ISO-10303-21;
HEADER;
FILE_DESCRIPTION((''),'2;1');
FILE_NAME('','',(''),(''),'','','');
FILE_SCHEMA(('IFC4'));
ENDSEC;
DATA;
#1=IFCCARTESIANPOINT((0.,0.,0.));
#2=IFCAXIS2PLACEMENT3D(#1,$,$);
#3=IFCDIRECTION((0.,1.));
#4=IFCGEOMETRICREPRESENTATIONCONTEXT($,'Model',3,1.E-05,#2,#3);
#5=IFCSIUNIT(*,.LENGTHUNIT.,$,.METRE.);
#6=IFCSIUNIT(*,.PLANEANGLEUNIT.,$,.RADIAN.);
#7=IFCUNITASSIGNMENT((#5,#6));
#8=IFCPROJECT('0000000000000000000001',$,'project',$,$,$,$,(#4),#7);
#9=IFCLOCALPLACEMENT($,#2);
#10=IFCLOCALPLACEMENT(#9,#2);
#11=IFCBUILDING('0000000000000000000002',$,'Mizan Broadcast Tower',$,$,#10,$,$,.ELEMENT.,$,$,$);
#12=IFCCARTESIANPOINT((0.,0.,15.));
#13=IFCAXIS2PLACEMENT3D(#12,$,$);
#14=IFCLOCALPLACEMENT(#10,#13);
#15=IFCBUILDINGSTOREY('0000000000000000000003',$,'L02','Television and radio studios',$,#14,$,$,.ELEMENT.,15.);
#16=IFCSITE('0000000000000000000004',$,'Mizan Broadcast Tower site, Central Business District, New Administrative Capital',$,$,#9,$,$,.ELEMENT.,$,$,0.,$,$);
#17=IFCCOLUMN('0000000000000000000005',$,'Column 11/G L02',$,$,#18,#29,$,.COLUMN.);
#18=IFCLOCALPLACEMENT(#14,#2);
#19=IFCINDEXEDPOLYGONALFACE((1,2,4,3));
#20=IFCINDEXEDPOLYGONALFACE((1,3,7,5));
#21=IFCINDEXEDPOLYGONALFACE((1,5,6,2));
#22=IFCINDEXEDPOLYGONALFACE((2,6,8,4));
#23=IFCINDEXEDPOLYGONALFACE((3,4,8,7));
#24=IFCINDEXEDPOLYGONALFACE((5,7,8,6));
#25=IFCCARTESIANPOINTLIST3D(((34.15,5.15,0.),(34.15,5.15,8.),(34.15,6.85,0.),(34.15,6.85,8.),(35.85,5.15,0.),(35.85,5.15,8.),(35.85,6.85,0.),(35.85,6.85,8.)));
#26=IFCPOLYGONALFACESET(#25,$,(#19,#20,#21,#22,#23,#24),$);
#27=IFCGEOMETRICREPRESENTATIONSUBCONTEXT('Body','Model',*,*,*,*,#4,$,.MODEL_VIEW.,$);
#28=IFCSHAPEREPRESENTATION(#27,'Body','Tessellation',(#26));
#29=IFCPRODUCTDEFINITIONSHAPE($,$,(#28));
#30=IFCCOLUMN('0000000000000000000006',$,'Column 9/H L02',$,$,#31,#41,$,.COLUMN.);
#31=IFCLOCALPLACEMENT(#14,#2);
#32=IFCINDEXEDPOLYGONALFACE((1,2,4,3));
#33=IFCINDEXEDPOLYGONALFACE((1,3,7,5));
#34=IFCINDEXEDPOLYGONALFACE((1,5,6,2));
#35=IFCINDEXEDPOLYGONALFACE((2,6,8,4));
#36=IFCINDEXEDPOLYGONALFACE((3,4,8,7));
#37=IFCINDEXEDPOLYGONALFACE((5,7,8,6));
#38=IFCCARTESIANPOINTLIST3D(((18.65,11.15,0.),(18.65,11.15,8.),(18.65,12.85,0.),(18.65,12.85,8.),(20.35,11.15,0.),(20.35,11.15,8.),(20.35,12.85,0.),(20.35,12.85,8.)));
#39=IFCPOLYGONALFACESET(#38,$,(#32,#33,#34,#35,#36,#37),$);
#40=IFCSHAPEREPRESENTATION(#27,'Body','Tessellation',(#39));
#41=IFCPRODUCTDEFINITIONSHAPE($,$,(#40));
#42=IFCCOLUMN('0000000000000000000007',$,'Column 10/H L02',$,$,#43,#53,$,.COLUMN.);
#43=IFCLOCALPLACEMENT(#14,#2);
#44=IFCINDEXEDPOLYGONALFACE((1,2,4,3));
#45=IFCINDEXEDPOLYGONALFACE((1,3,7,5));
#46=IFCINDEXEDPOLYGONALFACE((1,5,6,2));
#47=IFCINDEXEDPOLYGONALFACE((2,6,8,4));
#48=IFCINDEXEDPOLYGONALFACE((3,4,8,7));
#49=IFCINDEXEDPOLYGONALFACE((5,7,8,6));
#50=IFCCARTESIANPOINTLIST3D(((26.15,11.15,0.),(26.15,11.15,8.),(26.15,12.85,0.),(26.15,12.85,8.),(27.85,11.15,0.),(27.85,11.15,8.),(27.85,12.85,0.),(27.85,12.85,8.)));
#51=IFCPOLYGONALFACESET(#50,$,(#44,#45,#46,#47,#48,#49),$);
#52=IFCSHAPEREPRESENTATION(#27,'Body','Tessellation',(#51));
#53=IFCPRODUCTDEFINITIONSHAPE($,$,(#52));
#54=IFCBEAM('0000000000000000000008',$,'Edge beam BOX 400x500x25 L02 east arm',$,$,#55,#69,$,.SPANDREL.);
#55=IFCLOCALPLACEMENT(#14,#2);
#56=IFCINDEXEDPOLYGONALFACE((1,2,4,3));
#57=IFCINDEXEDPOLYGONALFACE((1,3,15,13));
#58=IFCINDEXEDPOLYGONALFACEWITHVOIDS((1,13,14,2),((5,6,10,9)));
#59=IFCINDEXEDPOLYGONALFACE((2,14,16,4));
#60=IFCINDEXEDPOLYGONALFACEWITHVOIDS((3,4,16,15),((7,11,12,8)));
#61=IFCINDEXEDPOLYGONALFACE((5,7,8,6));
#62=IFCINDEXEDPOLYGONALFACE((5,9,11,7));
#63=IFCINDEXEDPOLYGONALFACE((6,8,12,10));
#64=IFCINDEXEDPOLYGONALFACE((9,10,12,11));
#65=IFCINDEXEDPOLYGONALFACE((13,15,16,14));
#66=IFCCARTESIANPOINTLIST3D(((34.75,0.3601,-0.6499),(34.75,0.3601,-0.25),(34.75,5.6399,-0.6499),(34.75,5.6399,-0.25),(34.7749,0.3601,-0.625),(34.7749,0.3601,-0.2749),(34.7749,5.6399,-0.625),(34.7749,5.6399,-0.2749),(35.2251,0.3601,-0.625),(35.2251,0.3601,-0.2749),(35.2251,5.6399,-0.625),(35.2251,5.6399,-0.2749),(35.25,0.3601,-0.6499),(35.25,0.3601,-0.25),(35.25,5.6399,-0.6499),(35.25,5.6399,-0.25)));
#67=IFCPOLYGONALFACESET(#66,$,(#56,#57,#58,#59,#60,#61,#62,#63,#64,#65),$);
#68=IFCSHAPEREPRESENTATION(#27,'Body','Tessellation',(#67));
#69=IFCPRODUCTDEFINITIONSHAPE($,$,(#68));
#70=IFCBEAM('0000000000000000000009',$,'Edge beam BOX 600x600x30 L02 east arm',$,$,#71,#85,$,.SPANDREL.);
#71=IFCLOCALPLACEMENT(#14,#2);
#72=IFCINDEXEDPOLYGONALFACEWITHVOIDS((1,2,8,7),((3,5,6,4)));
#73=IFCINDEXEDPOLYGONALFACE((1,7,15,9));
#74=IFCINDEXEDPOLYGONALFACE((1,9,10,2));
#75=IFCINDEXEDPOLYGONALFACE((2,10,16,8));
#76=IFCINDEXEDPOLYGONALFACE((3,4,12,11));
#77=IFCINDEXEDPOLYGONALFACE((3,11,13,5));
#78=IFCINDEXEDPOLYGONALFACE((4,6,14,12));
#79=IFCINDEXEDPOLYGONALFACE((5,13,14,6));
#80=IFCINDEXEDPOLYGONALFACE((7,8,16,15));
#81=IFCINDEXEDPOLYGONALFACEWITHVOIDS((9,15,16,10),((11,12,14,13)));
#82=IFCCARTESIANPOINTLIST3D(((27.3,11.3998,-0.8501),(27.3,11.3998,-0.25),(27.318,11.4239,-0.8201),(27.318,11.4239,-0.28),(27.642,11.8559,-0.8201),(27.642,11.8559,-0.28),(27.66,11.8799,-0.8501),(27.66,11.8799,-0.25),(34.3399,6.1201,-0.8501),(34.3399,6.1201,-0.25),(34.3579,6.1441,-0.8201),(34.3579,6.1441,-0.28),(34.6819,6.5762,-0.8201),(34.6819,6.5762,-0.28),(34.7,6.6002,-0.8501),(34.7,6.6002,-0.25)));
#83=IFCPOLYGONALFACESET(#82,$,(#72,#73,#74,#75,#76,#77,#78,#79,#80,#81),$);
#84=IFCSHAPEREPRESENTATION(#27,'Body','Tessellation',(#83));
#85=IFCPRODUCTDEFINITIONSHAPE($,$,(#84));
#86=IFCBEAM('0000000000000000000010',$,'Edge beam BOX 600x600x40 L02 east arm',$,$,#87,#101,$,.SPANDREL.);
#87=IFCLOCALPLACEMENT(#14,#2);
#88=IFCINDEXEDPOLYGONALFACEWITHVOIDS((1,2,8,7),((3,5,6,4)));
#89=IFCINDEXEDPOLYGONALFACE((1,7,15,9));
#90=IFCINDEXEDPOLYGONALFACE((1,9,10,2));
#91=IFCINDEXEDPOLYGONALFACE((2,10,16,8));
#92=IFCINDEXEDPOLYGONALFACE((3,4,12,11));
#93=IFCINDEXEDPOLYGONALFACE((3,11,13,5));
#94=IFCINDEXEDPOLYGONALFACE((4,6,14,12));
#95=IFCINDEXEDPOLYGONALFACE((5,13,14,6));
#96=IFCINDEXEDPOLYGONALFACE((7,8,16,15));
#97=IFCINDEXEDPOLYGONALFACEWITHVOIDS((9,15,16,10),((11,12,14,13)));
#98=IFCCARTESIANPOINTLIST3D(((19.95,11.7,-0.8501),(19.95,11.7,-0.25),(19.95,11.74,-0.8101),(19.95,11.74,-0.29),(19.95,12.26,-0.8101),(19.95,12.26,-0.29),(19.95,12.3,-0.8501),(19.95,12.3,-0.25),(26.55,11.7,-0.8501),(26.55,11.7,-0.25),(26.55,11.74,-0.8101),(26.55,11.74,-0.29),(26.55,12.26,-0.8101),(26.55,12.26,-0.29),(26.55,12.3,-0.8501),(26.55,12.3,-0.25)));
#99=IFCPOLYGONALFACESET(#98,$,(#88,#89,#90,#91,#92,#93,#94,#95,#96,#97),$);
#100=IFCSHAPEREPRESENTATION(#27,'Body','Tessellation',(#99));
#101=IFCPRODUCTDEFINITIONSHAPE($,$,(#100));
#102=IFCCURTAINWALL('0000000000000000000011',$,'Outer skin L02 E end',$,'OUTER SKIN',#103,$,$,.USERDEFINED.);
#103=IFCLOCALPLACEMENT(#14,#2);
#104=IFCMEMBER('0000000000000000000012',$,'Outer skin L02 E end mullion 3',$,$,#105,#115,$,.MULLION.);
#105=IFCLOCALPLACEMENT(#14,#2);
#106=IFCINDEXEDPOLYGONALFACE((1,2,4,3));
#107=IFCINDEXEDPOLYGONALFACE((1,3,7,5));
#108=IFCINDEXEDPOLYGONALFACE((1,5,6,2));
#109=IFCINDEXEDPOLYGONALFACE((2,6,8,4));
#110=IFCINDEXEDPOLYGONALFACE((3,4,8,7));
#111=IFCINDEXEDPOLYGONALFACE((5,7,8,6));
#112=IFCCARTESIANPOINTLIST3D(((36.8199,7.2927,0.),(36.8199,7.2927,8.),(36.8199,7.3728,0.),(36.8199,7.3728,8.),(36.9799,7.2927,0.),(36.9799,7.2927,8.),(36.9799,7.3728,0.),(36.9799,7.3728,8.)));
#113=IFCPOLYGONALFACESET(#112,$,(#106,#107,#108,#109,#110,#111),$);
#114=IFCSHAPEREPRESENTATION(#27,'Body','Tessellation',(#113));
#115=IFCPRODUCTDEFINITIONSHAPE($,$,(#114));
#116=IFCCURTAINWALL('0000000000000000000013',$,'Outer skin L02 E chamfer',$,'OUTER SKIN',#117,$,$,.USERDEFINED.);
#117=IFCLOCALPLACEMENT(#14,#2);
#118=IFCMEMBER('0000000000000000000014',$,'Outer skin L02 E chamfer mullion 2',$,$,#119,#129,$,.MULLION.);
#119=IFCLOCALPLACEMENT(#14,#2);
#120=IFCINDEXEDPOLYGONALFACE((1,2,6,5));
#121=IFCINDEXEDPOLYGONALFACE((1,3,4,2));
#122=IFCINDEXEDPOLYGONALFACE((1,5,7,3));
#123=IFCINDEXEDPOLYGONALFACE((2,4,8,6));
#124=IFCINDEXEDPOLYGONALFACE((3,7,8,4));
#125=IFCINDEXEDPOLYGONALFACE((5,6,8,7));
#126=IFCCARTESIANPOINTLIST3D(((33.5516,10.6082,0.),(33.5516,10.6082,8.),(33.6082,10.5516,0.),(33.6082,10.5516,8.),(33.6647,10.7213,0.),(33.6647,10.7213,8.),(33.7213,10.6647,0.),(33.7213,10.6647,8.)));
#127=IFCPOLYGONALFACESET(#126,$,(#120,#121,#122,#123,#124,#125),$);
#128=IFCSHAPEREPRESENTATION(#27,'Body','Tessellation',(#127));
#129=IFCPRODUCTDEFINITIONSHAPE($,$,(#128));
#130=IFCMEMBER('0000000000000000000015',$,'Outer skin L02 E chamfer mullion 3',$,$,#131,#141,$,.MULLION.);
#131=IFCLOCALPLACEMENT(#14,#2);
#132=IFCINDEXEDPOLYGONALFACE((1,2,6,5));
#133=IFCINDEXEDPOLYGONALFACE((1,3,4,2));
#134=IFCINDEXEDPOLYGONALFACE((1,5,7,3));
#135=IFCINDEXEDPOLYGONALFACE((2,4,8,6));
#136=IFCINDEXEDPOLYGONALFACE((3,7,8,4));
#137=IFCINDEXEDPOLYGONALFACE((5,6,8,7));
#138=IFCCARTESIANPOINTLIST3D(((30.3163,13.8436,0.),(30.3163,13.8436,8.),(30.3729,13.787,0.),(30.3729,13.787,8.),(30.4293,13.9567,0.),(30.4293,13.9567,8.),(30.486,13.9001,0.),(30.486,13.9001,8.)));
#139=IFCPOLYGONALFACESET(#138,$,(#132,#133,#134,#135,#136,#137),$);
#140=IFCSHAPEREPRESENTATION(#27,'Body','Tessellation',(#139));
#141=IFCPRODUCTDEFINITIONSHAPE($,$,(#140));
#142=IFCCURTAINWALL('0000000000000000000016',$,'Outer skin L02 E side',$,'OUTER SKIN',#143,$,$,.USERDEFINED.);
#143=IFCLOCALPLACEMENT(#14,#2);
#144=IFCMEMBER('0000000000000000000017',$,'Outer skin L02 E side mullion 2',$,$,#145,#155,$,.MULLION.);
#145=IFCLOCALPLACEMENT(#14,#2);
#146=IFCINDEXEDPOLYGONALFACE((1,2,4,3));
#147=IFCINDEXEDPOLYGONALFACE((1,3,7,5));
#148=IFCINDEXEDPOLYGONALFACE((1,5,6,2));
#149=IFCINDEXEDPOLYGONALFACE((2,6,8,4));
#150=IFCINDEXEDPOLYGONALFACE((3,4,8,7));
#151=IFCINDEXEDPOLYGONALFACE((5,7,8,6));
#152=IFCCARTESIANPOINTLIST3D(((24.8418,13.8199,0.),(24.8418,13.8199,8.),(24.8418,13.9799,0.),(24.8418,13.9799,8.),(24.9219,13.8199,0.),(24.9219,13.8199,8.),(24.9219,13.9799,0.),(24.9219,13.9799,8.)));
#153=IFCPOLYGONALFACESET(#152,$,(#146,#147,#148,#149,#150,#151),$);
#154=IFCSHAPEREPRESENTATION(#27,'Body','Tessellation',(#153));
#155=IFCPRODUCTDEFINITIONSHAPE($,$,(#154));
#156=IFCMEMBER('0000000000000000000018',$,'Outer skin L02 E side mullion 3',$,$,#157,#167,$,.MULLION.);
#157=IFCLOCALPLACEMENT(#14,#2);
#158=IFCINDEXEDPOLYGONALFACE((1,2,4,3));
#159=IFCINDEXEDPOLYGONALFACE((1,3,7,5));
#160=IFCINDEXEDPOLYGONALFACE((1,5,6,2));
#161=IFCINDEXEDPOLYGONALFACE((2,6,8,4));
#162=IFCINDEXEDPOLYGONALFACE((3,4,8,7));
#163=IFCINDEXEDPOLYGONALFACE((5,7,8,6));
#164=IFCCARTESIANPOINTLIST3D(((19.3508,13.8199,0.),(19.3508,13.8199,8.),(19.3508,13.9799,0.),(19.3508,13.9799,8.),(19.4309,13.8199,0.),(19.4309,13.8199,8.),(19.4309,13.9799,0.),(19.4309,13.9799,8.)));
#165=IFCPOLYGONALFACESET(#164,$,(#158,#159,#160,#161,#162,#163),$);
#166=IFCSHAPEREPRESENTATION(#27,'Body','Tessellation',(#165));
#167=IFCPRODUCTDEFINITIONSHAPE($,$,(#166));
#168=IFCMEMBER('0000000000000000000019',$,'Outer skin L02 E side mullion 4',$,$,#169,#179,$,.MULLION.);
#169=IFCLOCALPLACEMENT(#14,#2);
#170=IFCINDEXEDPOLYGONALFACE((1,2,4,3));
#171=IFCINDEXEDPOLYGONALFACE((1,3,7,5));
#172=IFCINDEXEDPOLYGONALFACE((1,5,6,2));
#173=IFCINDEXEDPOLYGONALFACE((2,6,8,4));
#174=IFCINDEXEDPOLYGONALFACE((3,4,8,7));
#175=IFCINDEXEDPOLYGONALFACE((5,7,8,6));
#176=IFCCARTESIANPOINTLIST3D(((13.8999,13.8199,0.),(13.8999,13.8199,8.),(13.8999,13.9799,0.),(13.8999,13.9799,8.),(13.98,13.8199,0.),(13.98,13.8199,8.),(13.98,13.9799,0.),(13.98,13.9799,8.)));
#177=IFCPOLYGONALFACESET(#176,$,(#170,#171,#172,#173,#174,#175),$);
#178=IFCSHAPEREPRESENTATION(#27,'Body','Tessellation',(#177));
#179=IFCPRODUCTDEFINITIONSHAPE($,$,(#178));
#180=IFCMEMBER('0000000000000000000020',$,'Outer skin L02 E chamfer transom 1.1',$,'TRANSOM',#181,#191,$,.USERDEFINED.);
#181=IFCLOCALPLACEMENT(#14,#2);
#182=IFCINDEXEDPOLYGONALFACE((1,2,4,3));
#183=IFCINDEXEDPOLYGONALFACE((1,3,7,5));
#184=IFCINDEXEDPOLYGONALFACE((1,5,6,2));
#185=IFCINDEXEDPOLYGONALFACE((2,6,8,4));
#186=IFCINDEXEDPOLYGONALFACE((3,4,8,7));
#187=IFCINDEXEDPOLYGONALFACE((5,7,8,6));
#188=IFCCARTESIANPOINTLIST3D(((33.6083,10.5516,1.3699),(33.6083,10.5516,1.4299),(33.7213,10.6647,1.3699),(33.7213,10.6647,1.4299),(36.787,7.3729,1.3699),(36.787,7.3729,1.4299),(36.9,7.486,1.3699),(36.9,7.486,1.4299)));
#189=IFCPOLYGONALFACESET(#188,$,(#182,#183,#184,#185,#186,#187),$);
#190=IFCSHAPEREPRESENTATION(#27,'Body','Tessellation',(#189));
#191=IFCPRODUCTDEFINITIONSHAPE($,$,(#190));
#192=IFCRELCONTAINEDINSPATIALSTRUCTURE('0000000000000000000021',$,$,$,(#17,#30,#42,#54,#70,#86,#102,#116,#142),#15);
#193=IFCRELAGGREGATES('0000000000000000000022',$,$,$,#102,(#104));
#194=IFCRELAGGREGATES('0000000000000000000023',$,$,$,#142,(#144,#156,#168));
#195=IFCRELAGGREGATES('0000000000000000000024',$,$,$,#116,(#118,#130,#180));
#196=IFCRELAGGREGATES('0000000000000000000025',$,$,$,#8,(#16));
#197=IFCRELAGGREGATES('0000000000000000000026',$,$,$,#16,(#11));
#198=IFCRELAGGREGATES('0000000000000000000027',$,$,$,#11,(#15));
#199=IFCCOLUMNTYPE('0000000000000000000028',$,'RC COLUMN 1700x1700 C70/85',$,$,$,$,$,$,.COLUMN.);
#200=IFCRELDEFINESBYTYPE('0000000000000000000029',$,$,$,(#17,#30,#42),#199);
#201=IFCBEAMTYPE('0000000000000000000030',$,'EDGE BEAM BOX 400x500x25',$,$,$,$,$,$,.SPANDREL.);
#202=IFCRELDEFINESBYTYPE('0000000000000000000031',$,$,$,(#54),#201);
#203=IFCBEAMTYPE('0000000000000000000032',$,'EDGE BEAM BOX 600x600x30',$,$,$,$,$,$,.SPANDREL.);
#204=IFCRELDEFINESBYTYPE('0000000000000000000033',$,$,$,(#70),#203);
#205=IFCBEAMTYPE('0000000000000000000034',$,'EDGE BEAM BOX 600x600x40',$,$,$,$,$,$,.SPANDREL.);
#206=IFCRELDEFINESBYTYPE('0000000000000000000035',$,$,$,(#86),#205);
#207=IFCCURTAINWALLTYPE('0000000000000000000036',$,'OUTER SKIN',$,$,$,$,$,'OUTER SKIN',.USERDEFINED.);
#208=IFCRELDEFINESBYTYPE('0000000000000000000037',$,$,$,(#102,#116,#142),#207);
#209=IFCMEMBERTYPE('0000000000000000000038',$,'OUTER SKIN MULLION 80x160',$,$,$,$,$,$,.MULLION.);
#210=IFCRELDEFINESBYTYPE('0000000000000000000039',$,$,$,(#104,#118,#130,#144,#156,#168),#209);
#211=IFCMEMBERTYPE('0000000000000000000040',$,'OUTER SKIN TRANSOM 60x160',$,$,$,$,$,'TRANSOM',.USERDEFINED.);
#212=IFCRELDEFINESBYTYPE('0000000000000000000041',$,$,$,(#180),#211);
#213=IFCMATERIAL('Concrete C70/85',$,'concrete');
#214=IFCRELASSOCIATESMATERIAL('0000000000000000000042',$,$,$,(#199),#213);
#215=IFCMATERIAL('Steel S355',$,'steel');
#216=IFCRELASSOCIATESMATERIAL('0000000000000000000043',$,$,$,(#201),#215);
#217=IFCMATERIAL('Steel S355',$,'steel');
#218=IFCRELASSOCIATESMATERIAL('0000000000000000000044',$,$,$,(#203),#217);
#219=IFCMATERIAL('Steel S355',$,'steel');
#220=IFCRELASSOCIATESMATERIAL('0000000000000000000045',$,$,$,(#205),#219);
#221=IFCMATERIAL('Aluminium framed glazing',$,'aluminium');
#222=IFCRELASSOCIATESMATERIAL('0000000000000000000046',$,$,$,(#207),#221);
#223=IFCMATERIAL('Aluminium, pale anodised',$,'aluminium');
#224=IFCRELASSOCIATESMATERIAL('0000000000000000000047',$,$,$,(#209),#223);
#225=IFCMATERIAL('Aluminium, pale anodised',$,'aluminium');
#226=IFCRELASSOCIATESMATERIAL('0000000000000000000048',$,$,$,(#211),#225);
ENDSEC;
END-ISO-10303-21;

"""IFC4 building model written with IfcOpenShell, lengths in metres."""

from ifc_helpers import new_model, si_unit, direction, frame, origin, origin_2d, place, context, subcontext, project, spatial, rectangle, hollow_rectangle, extrude, material, material_profile, profile_set, type_object, element, aggregate, save


model = new_model("IFC4")

# Units and contexts
model_context = context("Model", 3, precision=1e-05, world=origin(), true_north=direction((0.0, 1.0)))
body_context = subcontext(model_context, "Body", "Model", "MODEL_VIEW")
ifc_project = project(units=[si_unit("LENGTHUNIT", "METRE"), si_unit("PLANEANGLEUNIT", "RADIAN")], contexts=[model_context])

# Site, building, storey
site_placement = place(None, origin())
site = spatial("IfcSite", under=ifc_project, at=site_placement, Name="Mizan Broadcast Tower site, Central Business District, New Administrative Capital", CompositionType="ELEMENT", RefElevation=0.0)
building_placement = place(site_placement, origin())
building = spatial("IfcBuilding", under=site, at=building_placement, Name="Mizan Broadcast Tower", CompositionType="ELEMENT")
storey_placement = place(building_placement, frame((0.0, 0.0, 15.0)))
storey = spatial("IfcBuildingStorey", under=building, at=storey_placement, Name="L02", Description="Television and radio studios", CompositionType="ELEMENT", Elevation=15.0)

# Columns
ifc_material_1 = material(Name="Concrete C70/85", Category="concrete")
ifc_material_profile_1 = material_profile(ifc_material_1, rectangle(XDim=1.7, YDim=1.7, at=origin_2d()), Name="RC 1700x1700")
ifc_profile_set_1 = profile_set([ifc_material_profile_1], Name="Concrete C70/85")
column_type = type_object("IfcColumnType", Name="RC COLUMN 1700x1700 C70/85", PredefinedType="COLUMN", material=ifc_profile_set_1)
for number, where, z_axis, x_axis, name in (
    (1, (35.0, 6.0, 0.0), (0.0, 0.0, 1.0), (1.0, 0.0, 0.0), "Column 11/G L02"),
    (2, (19.5, 12.0, 0.0), (0.0, 0.0, 1.0), (1.0, 0.0, 0.0), "Column 9/H L02"),
    (3, (27.0, 12.0, 0.0), (0.0, 0.0, 1.0), (1.0, 0.0, 0.0), "Column 10/H L02"),
):
    element("IfcColumn", number, at=place(storey_placement, frame(where, z_axis=z_axis, x_axis=x_axis)), inside=storey, type_object=column_type, Name=name, PredefinedType="COLUMN", context=body_context, shape_type="SweptSolid", body=[
        extrude(rectangle(XDim=1.7, YDim=1.7, at=origin_2d()), origin(), (0.0, 0.0, 1.0), 8.0),
    ])

# Beams
ifc_material_2 = material(Name="Steel S355", Category="steel")
ifc_material_profile_2 = material_profile(ifc_material_2, hollow_rectangle(XDim=0.5, YDim=0.3999, WallThickness=0.0249, at=origin_2d()), Name="BOX 400x500x25")
ifc_profile_set_2 = profile_set([ifc_material_profile_2], Name="Steel S355")
beam_type_1 = type_object("IfcBeamType", Name="EDGE BEAM BOX 400x500x25", PredefinedType="SPANDREL", material=ifc_profile_set_2)
beam_1_placement = place(storey_placement, frame((35.0, 5.6399, -0.45), z_axis=(0.0, -1.0, 0.0), x_axis=(1.0, 0.0, 0.0)))
element("IfcBeam", 4, at=beam_1_placement, inside=storey, type_object=beam_type_1, Name="Edge beam BOX 400x500x25 L02 east arm", PredefinedType="SPANDREL", context=body_context, shape_type="SweptSolid", body=[
    extrude(hollow_rectangle(XDim=0.5, YDim=0.3999, WallThickness=0.0249, at=origin_2d()), origin(), (0.0, 0.0, 1.0), 5.2798),
])
ifc_material_3 = material(Name="Steel S355", Category="steel")
ifc_material_profile_3 = material_profile(ifc_material_3, hollow_rectangle(XDim=0.6001, YDim=0.6001, WallThickness=0.03, at=origin_2d()), Name="BOX 600x600x30")
ifc_profile_set_3 = profile_set([ifc_material_profile_3], Name="Steel S355")
beam_type_2 = type_object("IfcBeamType", Name="EDGE BEAM BOX 600x600x30", PredefinedType="SPANDREL", material=ifc_profile_set_3)
beam_2_placement = place(storey_placement, frame((27.48, 11.6399, -0.55), z_axis=(0.800013, -0.599982, 0.0), x_axis=(0.599982, 0.800013, 0.0)))
element("IfcBeam", 5, at=beam_2_placement, inside=storey, type_object=beam_type_2, Name="Edge beam BOX 600x600x30 L02 east arm", PredefinedType="SPANDREL", context=body_context, shape_type="SweptSolid", body=[
    extrude(hollow_rectangle(XDim=0.6001, YDim=0.6001, WallThickness=0.03, at=origin_2d()), origin(), (0.0, 0.0, 1.0), 8.7998),
])
ifc_material_4 = material(Name="Steel S355", Category="steel")
ifc_material_profile_4 = material_profile(ifc_material_4, hollow_rectangle(XDim=0.6001, YDim=0.6001, WallThickness=0.04, at=origin_2d()), Name="BOX 600x600x40")
ifc_profile_set_4 = profile_set([ifc_material_profile_4], Name="Steel S355")
beam_type_3 = type_object("IfcBeamType", Name="EDGE BEAM BOX 600x600x40", PredefinedType="SPANDREL", material=ifc_profile_set_4)
beam_3_placement = place(storey_placement, frame((19.95, 12.0, -0.55), z_axis=(1.0, 0.0, 0.0), x_axis=(0.0, 1.0, 0.0)))
element("IfcBeam", 6, at=beam_3_placement, inside=storey, type_object=beam_type_3, Name="Edge beam BOX 600x600x40 L02 east arm", PredefinedType="SPANDREL", context=body_context, shape_type="SweptSolid", body=[
    extrude(hollow_rectangle(XDim=0.6001, YDim=0.6001, WallThickness=0.04, at=origin_2d()), origin(), (0.0, 0.0, 1.0), 6.6001),
])

# Curtain wall, member
ifc_material_5 = material(Name="Aluminium framed glazing", Category="aluminium")
curtain_wall_type_1 = type_object("IfcCurtainWallType", Name="OUTER SKIN", ElementType="OUTER SKIN", PredefinedType="USERDEFINED", material=ifc_material_5)
curtain_wall_1_placement = place(storey_placement, origin())
curtain_wall_1 = element("IfcCurtainWall", 7, at=curtain_wall_1_placement, inside=storey, type_object=curtain_wall_type_1, Name="Outer skin L02 E end", ObjectType="OUTER SKIN", PredefinedType="USERDEFINED")
ifc_material_6 = material(Name="Aluminium, pale anodised", Category="aluminium")
ifc_material_profile_5 = material_profile(ifc_material_6, rectangle(XDim=0.1599, YDim=0.0801, at=origin_2d()), Name="MULLION 160x80")
ifc_profile_set_5 = profile_set([ifc_material_profile_5], Name="Aluminium, pale anodised")
member_type_1 = type_object("IfcMemberType", Name="OUTER SKIN MULLION 80x160", PredefinedType="MULLION", material=ifc_profile_set_5)
member_1_placement = place(storey_placement, frame((36.8999, 7.3328, 0.0), z_axis=(0.0, 0.0, 1.0), x_axis=(-1.0, 0.0, 0.0)))
member_1 = element("IfcMember", 8, at=member_1_placement, type_object=member_type_1, Name="Outer skin L02 E end mullion 3", PredefinedType="MULLION", context=body_context, shape_type="SweptSolid", body=[
    extrude(rectangle(XDim=0.1599, YDim=0.0801, at=origin_2d()), origin(), (0.0, 0.0, 1.0), 8.0),
])
aggregate(curtain_wall_1, [member_1])

# Curtain walls, members
curtain_wall_2_placement = place(storey_placement, origin())
curtain_wall_2 = element("IfcCurtainWall", 9, at=curtain_wall_2_placement, inside=storey, type_object=curtain_wall_type_1, Name="Outer skin L02 E chamfer", ObjectType="OUTER SKIN", PredefinedType="USERDEFINED")
member_2_placement = place(storey_placement, frame((33.6365, 10.6365, 0.0), z_axis=(0.0, 0.0, 1.0), x_axis=(-0.707107, -0.707107, 0.0)))
member_2 = element("IfcMember", 10, at=member_2_placement, type_object=member_type_1, Name="Outer skin L02 E chamfer mullion 2", PredefinedType="MULLION", context=body_context, shape_type="SweptSolid", body=[
    extrude(rectangle(XDim=0.1599, YDim=0.0801, at=origin_2d()), origin(), (0.0, 0.0, 1.0), 8.0),
])
member_3_placement = place(storey_placement, frame((30.4011, 13.8718, 0.0), z_axis=(0.0, 0.0, 1.0), x_axis=(-0.707107, -0.707107, 0.0)))
member_3 = element("IfcMember", 11, at=member_3_placement, type_object=member_type_1, Name="Outer skin L02 E chamfer mullion 3", PredefinedType="MULLION", context=body_context, shape_type="SweptSolid", body=[
    extrude(rectangle(XDim=0.1599, YDim=0.0801, at=origin_2d()), origin(), (0.0, 0.0, 1.0), 8.0),
])
curtain_wall_3_placement = place(storey_placement, origin())
curtain_wall_3 = element("IfcCurtainWall", 12, at=curtain_wall_3_placement, inside=storey, type_object=curtain_wall_type_1, Name="Outer skin L02 E side", ObjectType="OUTER SKIN", PredefinedType="USERDEFINED")
member_4_placement = place(storey_placement, frame((24.8818, 13.8999, 0.0), z_axis=(0.0, 0.0, 1.0), x_axis=(0.0, -1.0, 0.0)))
member_4 = element("IfcMember", 13, at=member_4_placement, type_object=member_type_1, Name="Outer skin L02 E side mullion 2", PredefinedType="MULLION", context=body_context, shape_type="SweptSolid", body=[
    extrude(rectangle(XDim=0.1599, YDim=0.0801, at=origin_2d()), origin(), (0.0, 0.0, 1.0), 8.0),
])
member_5_placement = place(storey_placement, frame((19.3909, 13.8999, 0.0), z_axis=(0.0, 0.0, 1.0), x_axis=(0.0, -1.0, 0.0)))
member_5 = element("IfcMember", 14, at=member_5_placement, type_object=member_type_1, Name="Outer skin L02 E side mullion 3", PredefinedType="MULLION", context=body_context, shape_type="SweptSolid", body=[
    extrude(rectangle(XDim=0.1599, YDim=0.0801, at=origin_2d()), origin(), (0.0, 0.0, 1.0), 8.0),
])
member_6_placement = place(storey_placement, frame((13.9399, 13.8999, 0.0), z_axis=(0.0, 0.0, 1.0), x_axis=(0.0, -1.0, 0.0)))
member_6 = element("IfcMember", 15, at=member_6_placement, type_object=member_type_1, Name="Outer skin L02 E side mullion 4", PredefinedType="MULLION", context=body_context, shape_type="SweptSolid", body=[
    extrude(rectangle(XDim=0.1599, YDim=0.0801, at=origin_2d()), origin(), (0.0, 0.0, 1.0), 8.0),
])

# Member
ifc_material_7 = material(Name="Aluminium, pale anodised", Category="aluminium")
ifc_material_profile_6 = material_profile(ifc_material_7, rectangle(XDim=0.1599, YDim=0.0601, at=origin_2d()), Name="TRANSOM 160x60")
ifc_profile_set_6 = profile_set([ifc_material_profile_6], Name="Aluminium, pale anodised")
member_type_2 = type_object("IfcMemberType", Name="OUTER SKIN TRANSOM 60x160", ElementType="TRANSOM", PredefinedType="USERDEFINED", material=ifc_profile_set_6)
member_7_placement = place(storey_placement, frame((36.8435, 7.4294, 1.3999), z_axis=(-0.707107, 0.707107, 0.0), x_axis=(-0.707107, -0.707107, 0.0)))
member_7 = element("IfcMember", 16, at=member_7_placement, type_object=member_type_2, Name="Outer skin L02 E chamfer transom 1.1", ObjectType="TRANSOM", PredefinedType="USERDEFINED", context=body_context, shape_type="SweptSolid", body=[
    extrude(rectangle(XDim=0.1599, YDim=0.0601, at=origin_2d()), origin(), (0.0, 0.0, 1.0), 4.4954),
])

aggregate(curtain_wall_3, [member_4, member_5, member_6])
aggregate(curtain_wall_2, [member_2, member_3, member_7])

save(model, "model.ifc")
